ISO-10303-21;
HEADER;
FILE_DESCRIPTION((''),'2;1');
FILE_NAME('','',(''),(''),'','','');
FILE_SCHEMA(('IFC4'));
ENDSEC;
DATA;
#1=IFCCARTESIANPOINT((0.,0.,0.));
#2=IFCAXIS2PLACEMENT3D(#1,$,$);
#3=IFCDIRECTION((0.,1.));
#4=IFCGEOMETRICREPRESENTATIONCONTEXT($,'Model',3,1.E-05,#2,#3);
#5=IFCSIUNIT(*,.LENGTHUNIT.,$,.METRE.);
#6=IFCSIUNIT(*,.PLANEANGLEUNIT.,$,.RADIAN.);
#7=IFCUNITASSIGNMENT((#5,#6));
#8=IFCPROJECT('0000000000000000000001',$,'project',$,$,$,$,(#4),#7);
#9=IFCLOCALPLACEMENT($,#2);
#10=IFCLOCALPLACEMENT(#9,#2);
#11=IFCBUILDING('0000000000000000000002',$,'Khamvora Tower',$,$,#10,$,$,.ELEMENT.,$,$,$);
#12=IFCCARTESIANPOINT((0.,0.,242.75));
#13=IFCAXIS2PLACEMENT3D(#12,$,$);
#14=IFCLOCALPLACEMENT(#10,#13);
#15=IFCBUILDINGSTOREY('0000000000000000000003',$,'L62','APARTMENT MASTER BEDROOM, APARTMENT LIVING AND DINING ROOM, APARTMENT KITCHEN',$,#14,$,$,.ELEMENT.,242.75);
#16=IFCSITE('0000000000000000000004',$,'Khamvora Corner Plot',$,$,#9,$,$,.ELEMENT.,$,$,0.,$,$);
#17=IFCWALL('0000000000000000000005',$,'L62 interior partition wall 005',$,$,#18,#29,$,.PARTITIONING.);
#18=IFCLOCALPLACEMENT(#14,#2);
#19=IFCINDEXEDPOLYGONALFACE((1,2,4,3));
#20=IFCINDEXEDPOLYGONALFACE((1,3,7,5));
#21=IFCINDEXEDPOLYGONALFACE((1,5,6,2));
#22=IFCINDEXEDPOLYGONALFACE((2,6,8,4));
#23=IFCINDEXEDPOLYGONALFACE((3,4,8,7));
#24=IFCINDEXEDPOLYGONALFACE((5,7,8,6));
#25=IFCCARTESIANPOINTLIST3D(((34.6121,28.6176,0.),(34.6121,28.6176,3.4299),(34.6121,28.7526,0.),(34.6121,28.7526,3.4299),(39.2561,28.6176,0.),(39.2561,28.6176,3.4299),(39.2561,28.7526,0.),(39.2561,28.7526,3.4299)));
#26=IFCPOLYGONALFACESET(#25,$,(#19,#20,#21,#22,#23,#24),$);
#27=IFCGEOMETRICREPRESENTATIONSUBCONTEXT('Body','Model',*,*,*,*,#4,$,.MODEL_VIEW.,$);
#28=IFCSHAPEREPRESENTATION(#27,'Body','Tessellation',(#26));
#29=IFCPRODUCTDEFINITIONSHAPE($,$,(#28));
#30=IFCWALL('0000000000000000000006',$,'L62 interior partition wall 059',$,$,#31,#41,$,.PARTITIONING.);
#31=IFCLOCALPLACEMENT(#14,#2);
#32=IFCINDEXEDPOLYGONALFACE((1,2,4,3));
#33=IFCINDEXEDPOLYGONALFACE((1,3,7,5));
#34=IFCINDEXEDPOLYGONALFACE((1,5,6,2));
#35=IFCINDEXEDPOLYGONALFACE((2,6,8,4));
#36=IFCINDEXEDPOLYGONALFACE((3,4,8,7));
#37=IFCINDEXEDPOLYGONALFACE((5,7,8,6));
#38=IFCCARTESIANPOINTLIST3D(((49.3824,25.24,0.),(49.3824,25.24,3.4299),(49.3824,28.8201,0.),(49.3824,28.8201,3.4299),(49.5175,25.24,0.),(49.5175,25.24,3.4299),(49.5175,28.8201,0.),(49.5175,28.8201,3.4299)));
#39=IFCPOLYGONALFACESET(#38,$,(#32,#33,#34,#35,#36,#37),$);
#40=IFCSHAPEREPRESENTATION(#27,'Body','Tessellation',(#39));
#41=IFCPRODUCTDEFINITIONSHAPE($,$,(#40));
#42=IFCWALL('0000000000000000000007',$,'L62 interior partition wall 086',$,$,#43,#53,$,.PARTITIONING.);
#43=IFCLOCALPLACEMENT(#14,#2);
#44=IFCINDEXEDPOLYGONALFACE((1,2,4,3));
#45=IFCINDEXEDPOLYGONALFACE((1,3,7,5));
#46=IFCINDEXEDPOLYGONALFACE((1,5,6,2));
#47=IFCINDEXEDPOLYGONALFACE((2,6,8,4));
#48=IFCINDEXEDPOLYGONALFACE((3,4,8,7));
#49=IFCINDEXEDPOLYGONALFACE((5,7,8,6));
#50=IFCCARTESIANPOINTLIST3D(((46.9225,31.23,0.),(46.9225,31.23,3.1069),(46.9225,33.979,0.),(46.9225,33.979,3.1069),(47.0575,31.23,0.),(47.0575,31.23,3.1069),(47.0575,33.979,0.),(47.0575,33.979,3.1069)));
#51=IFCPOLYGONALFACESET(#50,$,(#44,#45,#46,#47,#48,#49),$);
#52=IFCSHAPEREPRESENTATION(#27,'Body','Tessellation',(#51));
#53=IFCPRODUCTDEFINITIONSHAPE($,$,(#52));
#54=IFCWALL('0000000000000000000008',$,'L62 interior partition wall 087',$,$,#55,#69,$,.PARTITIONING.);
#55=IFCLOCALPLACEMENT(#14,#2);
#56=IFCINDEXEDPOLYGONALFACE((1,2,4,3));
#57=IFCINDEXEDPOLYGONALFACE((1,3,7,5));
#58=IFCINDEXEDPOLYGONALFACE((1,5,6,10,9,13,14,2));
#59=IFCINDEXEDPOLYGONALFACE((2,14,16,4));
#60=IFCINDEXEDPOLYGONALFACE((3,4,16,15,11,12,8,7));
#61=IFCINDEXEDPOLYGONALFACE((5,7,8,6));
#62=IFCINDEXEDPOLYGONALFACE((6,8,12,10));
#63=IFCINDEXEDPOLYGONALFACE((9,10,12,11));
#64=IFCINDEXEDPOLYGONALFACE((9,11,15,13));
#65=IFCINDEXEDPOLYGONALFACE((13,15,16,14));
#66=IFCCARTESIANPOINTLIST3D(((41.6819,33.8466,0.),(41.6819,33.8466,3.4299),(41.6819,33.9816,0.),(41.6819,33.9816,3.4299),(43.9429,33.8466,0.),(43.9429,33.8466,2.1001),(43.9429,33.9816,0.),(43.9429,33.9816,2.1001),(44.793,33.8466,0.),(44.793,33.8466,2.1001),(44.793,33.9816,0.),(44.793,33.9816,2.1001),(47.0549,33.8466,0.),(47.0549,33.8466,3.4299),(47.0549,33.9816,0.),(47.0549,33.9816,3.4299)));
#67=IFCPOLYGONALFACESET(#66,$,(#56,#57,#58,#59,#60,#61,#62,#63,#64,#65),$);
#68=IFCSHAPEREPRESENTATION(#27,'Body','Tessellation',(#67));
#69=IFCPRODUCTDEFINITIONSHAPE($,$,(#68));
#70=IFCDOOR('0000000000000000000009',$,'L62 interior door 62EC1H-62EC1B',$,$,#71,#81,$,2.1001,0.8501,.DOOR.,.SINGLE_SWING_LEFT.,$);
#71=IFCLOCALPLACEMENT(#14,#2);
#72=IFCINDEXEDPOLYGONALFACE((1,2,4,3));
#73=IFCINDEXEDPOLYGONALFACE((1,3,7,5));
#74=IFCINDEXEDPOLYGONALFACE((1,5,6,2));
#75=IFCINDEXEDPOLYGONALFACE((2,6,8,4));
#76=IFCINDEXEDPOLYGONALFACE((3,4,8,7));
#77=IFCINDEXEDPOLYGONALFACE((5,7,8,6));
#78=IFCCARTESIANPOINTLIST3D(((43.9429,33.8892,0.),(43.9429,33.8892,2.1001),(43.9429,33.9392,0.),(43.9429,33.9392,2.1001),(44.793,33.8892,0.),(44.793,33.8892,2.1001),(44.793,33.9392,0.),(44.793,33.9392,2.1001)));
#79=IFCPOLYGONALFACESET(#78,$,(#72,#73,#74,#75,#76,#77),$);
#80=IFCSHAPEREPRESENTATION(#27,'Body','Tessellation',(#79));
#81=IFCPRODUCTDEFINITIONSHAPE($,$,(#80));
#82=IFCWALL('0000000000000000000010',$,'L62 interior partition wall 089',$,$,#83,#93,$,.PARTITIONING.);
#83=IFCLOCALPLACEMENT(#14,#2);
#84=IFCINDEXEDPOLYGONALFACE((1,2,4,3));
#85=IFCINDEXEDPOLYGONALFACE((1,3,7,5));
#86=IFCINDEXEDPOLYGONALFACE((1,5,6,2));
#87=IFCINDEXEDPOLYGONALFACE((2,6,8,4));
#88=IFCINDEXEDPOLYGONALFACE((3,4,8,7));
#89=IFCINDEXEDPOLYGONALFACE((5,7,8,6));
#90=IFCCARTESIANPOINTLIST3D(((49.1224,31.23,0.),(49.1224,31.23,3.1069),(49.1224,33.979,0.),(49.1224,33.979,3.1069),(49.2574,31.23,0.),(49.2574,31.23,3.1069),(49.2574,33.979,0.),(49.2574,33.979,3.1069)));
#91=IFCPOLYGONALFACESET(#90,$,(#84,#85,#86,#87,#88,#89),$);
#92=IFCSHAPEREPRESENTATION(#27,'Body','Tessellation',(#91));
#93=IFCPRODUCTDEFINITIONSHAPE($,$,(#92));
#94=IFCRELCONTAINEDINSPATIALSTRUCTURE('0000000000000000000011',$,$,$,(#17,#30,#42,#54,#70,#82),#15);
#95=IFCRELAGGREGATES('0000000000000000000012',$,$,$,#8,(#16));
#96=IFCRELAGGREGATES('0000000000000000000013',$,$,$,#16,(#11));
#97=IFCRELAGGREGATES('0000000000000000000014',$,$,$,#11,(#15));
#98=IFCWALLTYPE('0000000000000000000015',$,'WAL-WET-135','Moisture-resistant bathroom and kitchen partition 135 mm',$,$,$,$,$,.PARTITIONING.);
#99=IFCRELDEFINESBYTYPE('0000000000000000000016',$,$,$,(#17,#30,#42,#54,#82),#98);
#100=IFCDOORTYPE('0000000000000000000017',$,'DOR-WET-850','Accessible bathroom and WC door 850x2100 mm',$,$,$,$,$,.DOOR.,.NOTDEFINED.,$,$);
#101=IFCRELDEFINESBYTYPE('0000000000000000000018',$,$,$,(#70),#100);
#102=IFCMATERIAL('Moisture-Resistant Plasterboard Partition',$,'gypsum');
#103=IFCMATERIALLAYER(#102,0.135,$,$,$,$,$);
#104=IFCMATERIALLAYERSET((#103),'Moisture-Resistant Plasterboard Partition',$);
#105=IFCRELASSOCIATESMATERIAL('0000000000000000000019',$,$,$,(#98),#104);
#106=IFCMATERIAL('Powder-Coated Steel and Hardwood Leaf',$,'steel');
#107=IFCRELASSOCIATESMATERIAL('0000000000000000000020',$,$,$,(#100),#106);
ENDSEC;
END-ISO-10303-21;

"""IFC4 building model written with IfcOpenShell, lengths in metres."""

from ifc_helpers import new_model, si_unit, direction, frame, frame_2d, origin, place, context, subcontext, project, spatial, rectangle, extrude, material, layer, layer_set, type_object, element, fill, save


model = new_model("IFC4")

# Units and contexts
model_context = context("Model", 3, precision=1e-05, world=origin(), true_north=direction((0.0, 1.0)))
body_context = subcontext(model_context, "Body", "Model", "MODEL_VIEW")
ifc_project = project(units=[si_unit("LENGTHUNIT", "METRE"), si_unit("PLANEANGLEUNIT", "RADIAN")], contexts=[model_context])

# Site, building, storey
site_placement = place(None, origin())
site = spatial("IfcSite", under=ifc_project, at=site_placement, Name="Khamvora Corner Plot", CompositionType="ELEMENT", RefElevation=0.0)
building_placement = place(site_placement, origin())
building = spatial("IfcBuilding", under=site, at=building_placement, Name="Khamvora Tower", CompositionType="ELEMENT")
storey_placement = place(building_placement, frame((0.0, 0.0, 242.75)))
storey = spatial("IfcBuildingStorey", under=building, at=storey_placement, Name="L62", Description="APARTMENT MASTER BEDROOM, APARTMENT LIVING AND DINING ROOM, APARTMENT KITCHEN", CompositionType="ELEMENT", Elevation=242.75)

# Shared definitions
ifc_material_1 = material(Name="Powder-Coated Steel and Hardwood Leaf", Category="steel")

# Walls
ifc_material_2 = material(Name="Moisture-Resistant Plasterboard Partition", Category="gypsum")
ifc_layer_1 = layer(ifc_material_2, 0.135)
ifc_layer_set_1 = layer_set([ifc_layer_1], Name="Moisture-Resistant Plasterboard Partition")
wall_type_1 = type_object("IfcWallType", Name="WAL-WET-135", Description="Moisture-resistant bathroom and kitchen partition 135 mm", PredefinedType="PARTITIONING", material=ifc_layer_set_1)
wall_1_placement = place(storey_placement, frame((39.2561, 28.6851, 0.0), z_axis=(0.0, 0.0, 1.0), x_axis=(-1.0, 0.0, 0.0)))
element("IfcWall", 1, at=wall_1_placement, inside=storey, type_object=wall_type_1, Name="L62 interior partition wall 005", PredefinedType="PARTITIONING", context=body_context, shape_type="SweptSolid", body=[
    extrude(rectangle(XDim=4.644, YDim=0.135, at=frame_2d((2.322, 0.0))), origin(), (0.0, 0.0, 1.0), 3.4299),
])
wall_2_placement = place(storey_placement, frame((49.45, 28.8201, 0.0), z_axis=(0.0, 0.0, 1.0), x_axis=(0.0, -1.0, 0.0)))
element("IfcWall", 2, at=wall_2_placement, inside=storey, type_object=wall_type_1, Name="L62 interior partition wall 059", PredefinedType="PARTITIONING", context=body_context, shape_type="SweptSolid", body=[
    extrude(rectangle(XDim=3.5801, YDim=0.135, at=frame_2d((1.79, 0.0))), origin(), (0.0, 0.0, 1.0), 3.4299),
])
wall_3_placement = place(storey_placement, frame((46.99, 31.23, 0.0), z_axis=(0.0, 0.0, 1.0), x_axis=(0.0, 1.0, 0.0)))
element("IfcWall", 3, at=wall_3_placement, inside=storey, type_object=wall_type_1, Name="L62 interior partition wall 086", PredefinedType="PARTITIONING", context=body_context, shape_type="SweptSolid", body=[
    extrude(rectangle(XDim=2.749, YDim=0.135, at=frame_2d((1.3745, 0.0))), origin(), (0.0, 0.0, 1.0), 3.1069),
])

# Wall, opening, door
wall_4_placement = place(storey_placement, frame((47.0549, 33.9141, 0.0), z_axis=(0.0, 0.0, 1.0), x_axis=(-1.0, 0.0, 0.0)))
wall_4 = element("IfcWall", 4, at=wall_4_placement, inside=storey, type_object=wall_type_1, Name="L62 interior partition wall 087", PredefinedType="PARTITIONING", context=body_context, shape_type="SweptSolid", body=[
    extrude(rectangle(XDim=5.373, YDim=0.135, at=frame_2d((2.6865, 0.0))), origin(), (0.0, 0.0, 1.0), 3.4299),
])
opening_1_placement = place(wall_4_placement, frame((2.262, 0.0, 0.0)))
opening_1 = element("IfcOpeningElement", 5, at=opening_1_placement, cuts=wall_4, PredefinedType="OPENING", context=body_context, shape_type="SweptSolid", body=[
    extrude(rectangle(XDim=0.8501, YDim=2.1001, at=frame_2d((0.425, 1.05))), frame((0.0, 0.0774, 0.0), z_axis=(0.0, -1.0, 0.0), x_axis=(1.0, 0.0, 0.0)), (0.0, 0.0, 1.0), 0.155),
])
door_type_1 = type_object("IfcDoorType", Name="DOR-WET-850", Description="Accessible bathroom and WC door 850x2100 mm", OperationType="NOTDEFINED", PredefinedType="DOOR", material=ifc_material_1)
door_1_placement = place(opening_1_placement, origin())
door_1 = element("IfcDoor", 6, at=door_1_placement, inside=storey, type_object=door_type_1, Name="L62 interior door 62EC1H-62EC1B", OperationType="SINGLE_SWING_LEFT", OverallHeight=2.1001, OverallWidth=0.8501, PredefinedType="DOOR", context=body_context, shape_type="SweptSolid", body=[
    extrude(rectangle(XDim=0.8501, YDim=2.1001, at=frame_2d((0.425, 1.05))), frame((0.0, 0.0249, 0.0), z_axis=(0.0, -1.0, 0.0), x_axis=(1.0, 0.0, 0.0)), (0.0, 0.0, 1.0), 0.05),
])
fill(opening_1, door_1)

# Wall
wall_5_placement = place(storey_placement, frame((49.1899, 33.979, 0.0), z_axis=(0.0, 0.0, 1.0), x_axis=(0.0, -1.0, 0.0)))
element("IfcWall", 7, at=wall_5_placement, inside=storey, type_object=wall_type_1, Name="L62 interior partition wall 089", PredefinedType="PARTITIONING", context=body_context, shape_type="SweptSolid", body=[
    extrude(rectangle(XDim=2.749, YDim=0.135, at=frame_2d((1.3745, 0.0))), origin(), (0.0, 0.0, 1.0), 3.1069),
])

save(model, "model.ifc")
